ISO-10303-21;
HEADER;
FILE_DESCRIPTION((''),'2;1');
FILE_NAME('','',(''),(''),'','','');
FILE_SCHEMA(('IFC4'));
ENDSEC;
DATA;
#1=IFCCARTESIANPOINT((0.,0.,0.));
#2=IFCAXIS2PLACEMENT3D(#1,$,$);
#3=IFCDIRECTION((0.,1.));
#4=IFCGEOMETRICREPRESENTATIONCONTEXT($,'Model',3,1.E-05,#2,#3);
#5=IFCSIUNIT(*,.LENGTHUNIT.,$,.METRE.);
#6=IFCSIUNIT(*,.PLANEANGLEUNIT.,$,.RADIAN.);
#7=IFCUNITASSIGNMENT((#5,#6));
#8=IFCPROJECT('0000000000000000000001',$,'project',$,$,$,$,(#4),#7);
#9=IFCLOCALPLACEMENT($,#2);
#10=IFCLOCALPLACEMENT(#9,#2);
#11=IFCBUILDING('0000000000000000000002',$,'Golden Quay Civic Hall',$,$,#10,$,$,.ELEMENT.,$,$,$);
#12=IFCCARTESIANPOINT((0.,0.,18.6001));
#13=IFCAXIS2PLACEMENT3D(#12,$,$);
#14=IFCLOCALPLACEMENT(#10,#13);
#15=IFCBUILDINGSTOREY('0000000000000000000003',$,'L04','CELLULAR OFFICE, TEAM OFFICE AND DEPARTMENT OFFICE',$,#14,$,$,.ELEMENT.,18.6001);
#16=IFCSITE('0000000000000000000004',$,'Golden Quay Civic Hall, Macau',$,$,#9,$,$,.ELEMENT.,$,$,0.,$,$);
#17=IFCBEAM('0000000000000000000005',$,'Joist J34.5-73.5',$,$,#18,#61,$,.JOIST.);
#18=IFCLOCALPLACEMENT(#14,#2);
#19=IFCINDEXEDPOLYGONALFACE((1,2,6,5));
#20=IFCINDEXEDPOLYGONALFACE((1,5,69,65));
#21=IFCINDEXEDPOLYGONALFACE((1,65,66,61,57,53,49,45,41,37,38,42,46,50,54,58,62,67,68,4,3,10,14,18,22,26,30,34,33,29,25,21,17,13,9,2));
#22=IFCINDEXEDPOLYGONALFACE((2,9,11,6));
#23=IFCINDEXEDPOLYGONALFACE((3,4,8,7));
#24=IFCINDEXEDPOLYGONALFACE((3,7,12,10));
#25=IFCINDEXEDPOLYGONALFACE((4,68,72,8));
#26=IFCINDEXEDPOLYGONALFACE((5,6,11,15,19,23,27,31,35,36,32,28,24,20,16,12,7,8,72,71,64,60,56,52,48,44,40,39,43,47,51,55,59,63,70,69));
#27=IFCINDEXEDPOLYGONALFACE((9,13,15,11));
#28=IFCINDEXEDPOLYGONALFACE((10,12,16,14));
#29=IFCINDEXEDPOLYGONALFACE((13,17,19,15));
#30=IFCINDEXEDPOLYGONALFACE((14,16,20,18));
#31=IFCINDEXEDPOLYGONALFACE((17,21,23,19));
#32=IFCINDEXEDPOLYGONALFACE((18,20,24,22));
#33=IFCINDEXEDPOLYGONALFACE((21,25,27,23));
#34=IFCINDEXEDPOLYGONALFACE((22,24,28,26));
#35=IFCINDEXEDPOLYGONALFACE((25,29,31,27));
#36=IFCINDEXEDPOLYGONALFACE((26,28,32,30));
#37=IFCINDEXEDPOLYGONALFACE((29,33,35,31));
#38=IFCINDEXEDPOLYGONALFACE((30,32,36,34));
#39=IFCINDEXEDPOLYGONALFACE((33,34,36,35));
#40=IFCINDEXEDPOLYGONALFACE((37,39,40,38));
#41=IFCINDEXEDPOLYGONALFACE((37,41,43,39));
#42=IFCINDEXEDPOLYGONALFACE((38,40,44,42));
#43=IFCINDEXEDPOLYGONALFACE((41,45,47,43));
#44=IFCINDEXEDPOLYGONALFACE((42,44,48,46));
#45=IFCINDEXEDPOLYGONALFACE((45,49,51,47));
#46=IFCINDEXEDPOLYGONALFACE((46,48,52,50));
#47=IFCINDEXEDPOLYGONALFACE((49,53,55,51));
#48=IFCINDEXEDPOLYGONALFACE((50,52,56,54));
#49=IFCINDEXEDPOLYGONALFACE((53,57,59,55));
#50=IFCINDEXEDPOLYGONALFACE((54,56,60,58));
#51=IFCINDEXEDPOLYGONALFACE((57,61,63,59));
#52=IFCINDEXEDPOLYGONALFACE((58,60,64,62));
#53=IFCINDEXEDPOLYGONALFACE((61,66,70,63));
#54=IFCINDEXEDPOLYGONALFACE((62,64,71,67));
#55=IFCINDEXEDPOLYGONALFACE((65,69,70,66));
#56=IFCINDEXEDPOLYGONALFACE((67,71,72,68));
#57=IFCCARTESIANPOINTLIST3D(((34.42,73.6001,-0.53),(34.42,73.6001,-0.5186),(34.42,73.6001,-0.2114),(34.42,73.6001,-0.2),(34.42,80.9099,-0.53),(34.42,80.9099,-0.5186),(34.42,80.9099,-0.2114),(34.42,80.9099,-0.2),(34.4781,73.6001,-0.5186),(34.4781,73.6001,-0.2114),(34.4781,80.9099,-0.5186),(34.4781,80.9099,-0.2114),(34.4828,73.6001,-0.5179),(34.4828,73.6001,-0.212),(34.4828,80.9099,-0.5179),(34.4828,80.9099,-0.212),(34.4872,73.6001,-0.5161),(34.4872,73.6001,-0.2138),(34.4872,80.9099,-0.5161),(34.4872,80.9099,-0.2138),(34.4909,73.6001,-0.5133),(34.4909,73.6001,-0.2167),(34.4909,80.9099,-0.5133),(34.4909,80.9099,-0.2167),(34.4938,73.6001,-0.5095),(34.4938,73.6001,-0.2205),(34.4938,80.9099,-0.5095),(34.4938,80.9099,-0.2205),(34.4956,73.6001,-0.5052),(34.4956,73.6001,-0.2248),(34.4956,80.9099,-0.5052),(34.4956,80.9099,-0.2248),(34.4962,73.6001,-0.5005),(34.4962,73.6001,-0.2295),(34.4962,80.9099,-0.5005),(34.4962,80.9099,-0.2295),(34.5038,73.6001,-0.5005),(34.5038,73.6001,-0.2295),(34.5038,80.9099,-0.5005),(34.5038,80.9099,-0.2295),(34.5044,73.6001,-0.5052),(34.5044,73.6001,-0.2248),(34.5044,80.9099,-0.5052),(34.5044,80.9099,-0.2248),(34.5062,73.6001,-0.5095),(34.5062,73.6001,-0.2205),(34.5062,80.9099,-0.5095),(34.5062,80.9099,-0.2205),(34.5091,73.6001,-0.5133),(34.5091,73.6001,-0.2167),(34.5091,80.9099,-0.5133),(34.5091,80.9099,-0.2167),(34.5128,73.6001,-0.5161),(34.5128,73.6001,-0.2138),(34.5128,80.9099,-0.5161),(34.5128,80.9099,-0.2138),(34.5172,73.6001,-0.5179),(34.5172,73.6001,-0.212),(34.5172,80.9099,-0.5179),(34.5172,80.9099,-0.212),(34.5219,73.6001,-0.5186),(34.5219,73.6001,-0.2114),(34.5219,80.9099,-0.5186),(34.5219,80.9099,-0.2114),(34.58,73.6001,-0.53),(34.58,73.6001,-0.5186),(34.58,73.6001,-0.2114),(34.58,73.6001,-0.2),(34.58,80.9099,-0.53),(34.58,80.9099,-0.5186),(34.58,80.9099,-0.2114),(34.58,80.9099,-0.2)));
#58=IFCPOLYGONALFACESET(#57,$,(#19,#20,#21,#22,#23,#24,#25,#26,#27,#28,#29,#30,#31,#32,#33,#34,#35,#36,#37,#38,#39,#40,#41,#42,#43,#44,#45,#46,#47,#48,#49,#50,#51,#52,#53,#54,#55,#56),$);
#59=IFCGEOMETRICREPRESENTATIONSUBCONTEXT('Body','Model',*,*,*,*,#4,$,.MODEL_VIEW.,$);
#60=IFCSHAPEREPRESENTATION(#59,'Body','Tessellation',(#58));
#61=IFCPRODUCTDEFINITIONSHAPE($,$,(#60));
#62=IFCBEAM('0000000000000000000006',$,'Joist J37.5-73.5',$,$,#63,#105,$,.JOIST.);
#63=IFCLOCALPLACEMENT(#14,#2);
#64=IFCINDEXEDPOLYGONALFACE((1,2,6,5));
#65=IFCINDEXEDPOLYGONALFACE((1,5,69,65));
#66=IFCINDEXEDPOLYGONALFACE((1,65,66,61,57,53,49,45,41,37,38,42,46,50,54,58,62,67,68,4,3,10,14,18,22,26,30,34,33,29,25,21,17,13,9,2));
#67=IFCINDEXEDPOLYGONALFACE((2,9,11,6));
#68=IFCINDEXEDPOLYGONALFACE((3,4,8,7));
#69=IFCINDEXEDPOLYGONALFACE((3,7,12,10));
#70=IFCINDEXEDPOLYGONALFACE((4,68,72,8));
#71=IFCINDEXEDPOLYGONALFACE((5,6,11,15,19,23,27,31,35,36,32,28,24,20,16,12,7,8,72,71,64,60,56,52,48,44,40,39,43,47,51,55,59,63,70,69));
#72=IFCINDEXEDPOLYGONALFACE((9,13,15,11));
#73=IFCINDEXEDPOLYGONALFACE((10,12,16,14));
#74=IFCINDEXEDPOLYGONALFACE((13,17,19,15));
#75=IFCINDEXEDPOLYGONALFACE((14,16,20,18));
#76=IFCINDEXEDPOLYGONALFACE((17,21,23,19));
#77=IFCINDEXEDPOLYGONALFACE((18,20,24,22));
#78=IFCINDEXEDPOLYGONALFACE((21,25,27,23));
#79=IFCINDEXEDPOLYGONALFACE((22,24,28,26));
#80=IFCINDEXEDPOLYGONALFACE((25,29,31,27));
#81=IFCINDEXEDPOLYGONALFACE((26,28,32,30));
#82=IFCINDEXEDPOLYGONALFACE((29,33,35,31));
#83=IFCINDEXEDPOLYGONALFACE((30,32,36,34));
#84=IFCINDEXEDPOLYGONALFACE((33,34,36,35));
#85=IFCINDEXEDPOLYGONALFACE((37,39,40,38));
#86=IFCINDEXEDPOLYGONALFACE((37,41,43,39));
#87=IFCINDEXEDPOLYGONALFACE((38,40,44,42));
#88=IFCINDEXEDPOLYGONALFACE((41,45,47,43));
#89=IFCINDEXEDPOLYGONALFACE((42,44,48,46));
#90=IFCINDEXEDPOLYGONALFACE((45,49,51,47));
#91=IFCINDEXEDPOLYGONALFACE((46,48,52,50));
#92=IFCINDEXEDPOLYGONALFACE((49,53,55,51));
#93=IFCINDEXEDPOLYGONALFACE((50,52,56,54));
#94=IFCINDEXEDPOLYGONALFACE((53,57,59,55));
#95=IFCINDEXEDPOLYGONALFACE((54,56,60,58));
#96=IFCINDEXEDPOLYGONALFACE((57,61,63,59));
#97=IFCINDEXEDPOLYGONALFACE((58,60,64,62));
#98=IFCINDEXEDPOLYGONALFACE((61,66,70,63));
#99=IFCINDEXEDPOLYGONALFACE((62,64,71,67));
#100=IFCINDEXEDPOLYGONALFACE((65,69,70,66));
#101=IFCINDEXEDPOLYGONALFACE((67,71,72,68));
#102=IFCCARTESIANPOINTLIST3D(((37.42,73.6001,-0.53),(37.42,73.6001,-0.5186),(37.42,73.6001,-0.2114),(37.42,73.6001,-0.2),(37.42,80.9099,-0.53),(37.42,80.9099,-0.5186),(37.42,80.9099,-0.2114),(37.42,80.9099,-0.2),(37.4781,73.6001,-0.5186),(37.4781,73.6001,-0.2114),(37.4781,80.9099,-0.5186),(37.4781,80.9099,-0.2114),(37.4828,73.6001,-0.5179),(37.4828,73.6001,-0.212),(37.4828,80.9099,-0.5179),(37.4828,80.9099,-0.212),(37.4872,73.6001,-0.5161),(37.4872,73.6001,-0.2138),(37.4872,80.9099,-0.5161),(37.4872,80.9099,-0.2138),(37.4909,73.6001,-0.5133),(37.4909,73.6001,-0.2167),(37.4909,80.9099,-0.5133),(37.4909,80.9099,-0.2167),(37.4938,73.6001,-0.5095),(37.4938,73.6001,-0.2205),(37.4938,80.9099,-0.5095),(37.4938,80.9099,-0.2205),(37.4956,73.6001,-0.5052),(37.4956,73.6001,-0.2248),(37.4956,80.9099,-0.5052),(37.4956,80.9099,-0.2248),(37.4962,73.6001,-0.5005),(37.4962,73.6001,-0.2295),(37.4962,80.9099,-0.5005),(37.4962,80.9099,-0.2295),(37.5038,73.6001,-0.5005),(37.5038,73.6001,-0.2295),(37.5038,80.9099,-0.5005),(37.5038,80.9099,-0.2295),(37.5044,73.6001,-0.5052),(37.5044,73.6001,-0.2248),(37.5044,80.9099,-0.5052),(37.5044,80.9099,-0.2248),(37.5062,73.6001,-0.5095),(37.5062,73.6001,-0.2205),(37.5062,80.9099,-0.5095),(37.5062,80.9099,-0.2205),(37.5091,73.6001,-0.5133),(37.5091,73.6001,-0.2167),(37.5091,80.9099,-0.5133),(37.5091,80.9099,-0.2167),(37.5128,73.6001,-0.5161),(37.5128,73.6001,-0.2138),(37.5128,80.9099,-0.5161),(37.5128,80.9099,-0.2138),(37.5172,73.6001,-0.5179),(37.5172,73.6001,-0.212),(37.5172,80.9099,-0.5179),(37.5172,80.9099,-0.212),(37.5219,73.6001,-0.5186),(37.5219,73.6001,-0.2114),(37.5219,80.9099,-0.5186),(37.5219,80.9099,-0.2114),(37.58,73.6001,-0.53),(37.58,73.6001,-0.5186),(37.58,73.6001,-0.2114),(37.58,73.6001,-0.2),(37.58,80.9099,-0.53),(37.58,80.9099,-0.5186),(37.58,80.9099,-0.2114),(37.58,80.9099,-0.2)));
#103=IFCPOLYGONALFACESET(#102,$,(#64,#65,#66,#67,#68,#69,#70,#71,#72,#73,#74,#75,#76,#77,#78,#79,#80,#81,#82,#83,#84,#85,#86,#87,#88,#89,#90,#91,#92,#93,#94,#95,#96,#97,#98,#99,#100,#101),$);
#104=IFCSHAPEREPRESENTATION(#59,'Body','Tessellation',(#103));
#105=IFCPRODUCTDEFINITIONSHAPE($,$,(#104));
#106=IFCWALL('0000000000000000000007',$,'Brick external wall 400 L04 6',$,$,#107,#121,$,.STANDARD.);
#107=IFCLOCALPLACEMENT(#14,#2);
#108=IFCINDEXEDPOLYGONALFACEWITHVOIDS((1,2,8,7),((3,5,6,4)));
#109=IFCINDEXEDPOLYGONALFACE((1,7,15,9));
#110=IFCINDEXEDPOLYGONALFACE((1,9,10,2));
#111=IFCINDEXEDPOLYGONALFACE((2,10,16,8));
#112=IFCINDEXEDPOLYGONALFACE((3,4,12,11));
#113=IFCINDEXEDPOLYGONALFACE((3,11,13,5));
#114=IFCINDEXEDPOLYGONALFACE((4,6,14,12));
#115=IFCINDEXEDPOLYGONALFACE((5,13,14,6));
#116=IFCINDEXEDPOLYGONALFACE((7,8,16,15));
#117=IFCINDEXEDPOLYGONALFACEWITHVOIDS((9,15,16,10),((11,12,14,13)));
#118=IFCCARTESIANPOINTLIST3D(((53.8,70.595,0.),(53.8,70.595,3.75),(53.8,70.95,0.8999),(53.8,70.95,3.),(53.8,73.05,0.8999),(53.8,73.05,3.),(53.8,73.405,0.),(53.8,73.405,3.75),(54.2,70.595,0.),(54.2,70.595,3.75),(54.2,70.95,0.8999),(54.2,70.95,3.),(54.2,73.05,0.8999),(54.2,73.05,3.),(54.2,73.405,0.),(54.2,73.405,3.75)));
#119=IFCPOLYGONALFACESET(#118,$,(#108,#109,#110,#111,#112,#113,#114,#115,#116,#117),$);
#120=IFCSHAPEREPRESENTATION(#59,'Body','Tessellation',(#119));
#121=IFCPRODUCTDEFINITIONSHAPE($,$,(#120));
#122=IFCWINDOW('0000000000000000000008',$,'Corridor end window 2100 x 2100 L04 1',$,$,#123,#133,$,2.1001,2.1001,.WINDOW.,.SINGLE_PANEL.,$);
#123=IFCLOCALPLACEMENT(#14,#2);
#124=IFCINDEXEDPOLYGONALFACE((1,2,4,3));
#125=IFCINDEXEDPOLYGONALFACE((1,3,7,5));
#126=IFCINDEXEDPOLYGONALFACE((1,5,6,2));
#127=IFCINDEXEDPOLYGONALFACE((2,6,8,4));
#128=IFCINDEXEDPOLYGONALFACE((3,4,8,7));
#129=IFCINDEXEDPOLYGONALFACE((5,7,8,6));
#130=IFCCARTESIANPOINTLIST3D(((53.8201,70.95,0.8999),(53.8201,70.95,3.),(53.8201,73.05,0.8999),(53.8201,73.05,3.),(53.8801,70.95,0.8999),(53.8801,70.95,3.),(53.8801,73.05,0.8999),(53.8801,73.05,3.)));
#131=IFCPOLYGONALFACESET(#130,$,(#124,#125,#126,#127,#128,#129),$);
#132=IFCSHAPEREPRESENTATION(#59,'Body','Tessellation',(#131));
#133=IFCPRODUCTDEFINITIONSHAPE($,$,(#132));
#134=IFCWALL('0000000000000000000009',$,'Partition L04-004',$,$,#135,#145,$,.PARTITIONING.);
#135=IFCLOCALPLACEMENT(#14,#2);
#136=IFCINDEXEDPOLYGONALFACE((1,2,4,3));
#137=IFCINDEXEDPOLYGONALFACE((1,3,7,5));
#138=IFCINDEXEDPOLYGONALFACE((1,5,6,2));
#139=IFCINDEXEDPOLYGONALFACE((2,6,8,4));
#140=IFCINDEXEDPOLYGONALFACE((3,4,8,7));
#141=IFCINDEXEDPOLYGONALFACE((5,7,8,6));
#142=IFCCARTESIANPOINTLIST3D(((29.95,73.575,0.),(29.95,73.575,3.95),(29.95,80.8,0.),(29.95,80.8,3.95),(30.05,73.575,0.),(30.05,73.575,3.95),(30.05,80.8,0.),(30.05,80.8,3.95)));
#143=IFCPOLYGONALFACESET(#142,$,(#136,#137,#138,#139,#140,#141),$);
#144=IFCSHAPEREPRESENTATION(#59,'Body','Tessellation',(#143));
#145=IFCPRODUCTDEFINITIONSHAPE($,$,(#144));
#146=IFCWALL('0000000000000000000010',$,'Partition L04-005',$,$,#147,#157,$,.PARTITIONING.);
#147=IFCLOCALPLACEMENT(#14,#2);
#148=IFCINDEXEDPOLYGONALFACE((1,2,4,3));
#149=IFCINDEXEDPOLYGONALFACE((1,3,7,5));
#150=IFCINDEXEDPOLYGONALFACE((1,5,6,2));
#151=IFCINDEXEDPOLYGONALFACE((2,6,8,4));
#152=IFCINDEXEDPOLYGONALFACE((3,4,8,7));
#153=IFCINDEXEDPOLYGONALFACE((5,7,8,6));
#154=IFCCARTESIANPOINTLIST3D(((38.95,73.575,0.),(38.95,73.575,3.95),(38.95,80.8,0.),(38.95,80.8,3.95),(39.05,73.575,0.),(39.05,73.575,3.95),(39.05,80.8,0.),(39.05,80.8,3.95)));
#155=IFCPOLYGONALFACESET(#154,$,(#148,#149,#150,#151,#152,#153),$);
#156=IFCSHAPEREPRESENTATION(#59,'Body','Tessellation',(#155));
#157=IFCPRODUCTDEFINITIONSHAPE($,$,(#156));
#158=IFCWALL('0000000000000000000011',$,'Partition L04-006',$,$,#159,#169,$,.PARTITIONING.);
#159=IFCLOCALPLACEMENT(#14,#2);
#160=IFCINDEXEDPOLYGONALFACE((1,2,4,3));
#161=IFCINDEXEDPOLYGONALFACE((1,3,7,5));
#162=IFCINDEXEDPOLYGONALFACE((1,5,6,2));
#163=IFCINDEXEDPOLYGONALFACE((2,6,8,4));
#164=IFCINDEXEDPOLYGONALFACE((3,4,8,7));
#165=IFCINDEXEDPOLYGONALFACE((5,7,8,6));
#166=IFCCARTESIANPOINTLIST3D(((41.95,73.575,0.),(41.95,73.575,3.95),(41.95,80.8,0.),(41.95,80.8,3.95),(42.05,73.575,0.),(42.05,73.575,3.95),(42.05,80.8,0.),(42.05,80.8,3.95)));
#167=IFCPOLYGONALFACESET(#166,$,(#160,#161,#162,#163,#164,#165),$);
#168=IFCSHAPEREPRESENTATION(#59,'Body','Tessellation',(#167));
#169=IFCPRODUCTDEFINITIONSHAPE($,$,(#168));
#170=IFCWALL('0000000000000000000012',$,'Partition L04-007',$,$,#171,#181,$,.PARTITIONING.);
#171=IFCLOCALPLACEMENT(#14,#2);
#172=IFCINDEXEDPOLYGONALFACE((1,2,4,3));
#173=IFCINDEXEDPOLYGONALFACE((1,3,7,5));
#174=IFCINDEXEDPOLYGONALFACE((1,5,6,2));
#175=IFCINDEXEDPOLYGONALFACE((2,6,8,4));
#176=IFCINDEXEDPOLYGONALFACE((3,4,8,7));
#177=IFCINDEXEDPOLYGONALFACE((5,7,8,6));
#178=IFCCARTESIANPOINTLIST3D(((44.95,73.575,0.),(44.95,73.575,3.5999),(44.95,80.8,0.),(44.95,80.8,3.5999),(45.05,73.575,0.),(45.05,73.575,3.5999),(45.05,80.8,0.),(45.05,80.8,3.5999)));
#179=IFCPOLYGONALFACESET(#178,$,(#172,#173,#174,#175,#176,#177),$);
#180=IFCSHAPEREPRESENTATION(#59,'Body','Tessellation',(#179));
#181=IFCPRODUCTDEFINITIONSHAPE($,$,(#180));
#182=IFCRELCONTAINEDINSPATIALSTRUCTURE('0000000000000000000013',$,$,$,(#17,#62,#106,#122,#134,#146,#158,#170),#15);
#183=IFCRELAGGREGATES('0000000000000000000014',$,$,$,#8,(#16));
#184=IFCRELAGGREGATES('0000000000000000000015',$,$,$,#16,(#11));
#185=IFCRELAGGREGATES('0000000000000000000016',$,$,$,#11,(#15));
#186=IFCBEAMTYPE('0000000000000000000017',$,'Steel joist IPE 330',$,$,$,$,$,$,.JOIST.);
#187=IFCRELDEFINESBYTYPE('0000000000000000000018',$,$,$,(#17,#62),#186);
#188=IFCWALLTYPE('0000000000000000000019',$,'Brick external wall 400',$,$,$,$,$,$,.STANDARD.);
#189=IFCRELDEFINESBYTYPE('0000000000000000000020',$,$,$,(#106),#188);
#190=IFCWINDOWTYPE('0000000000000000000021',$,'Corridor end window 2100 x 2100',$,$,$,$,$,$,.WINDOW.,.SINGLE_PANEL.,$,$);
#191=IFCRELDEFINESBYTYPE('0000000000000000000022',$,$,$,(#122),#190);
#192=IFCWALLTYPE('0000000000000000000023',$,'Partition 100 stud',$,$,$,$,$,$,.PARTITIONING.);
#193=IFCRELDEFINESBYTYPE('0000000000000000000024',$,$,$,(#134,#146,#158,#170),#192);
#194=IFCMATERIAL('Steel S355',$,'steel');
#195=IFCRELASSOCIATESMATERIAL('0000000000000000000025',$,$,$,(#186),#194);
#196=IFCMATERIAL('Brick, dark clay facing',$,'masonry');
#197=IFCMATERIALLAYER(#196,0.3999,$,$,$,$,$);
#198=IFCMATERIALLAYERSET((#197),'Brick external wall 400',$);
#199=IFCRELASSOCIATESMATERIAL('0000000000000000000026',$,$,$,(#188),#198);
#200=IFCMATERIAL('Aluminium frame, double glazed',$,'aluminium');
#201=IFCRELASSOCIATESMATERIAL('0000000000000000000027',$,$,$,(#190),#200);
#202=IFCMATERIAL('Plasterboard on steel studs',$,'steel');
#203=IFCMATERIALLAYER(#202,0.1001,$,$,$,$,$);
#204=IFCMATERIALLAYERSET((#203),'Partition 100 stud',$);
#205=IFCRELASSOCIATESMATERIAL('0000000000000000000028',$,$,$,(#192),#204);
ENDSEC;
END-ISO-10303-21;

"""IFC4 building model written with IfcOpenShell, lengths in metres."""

from ifc_helpers import new_model, si_unit, direction, frame, frame_2d, origin, origin_2d, place, context, subcontext, project, spatial, rectangle, i_section, extrude, material, layer, layer_set, material_profile, profile_set, type_object, element, fill, save


model = new_model("IFC4")

# Units and contexts
model_context = context("Model", 3, precision=1e-05, world=origin(), true_north=direction((0.0, 1.0)))
body_context = subcontext(model_context, "Body", "Model", "MODEL_VIEW")
ifc_project = project(units=[si_unit("LENGTHUNIT", "METRE"), si_unit("PLANEANGLEUNIT", "RADIAN")], contexts=[model_context])

# Site, building, storey
site_placement = place(None, origin())
site = spatial("IfcSite", under=ifc_project, at=site_placement, Name="Golden Quay Civic Hall, Macau", CompositionType="ELEMENT", RefElevation=0.0)
building_placement = place(site_placement, origin())
building = spatial("IfcBuilding", under=site, at=building_placement, Name="Golden Quay Civic Hall", CompositionType="ELEMENT")
storey_placement = place(building_placement, frame((0.0, 0.0, 18.6001)))
storey = spatial("IfcBuildingStorey", under=building, at=storey_placement, Name="L04", Description="CELLULAR OFFICE, TEAM OFFICE AND DEPARTMENT OFFICE", CompositionType="ELEMENT", Elevation=18.6001)

# Beams
ifc_material_1 = material(Name="Steel S355", Category="steel")
ifc_material_profile_1 = material_profile(ifc_material_1, i_section(OverallWidth=0.1599, OverallDepth=0.3301, WebThickness=0.0076, FlangeThickness=0.0115, FilletRadius=0.0181, at=origin_2d()), Name="IPE 330")
ifc_profile_set_1 = profile_set([ifc_material_profile_1], Name="Steel S355")
beam_type_1 = type_object("IfcBeamType", Name="Steel joist IPE 330", PredefinedType="JOIST", material=ifc_profile_set_1)
for number, where, z_axis, x_axis, name in (
    (1, (34.5, 73.6001, -0.365), (0.0, 1.0, 0.0), (-1.0, 0.0, 0.0), "Joist J34.5-73.5"),
    (2, (37.5, 73.6001, -0.365), (0.0, 1.0, 0.0), (-1.0, 0.0, 0.0), "Joist J37.5-73.5"),
):
    element("IfcBeam", number, at=place(storey_placement, frame(where, z_axis=z_axis, x_axis=x_axis)), inside=storey, type_object=beam_type_1, Name=name, PredefinedType="JOIST", context=body_context, shape_type="SweptSolid", body=[
        extrude(i_section(OverallWidth=0.1599, OverallDepth=0.3301, WebThickness=0.0076, FlangeThickness=0.0115, FilletRadius=0.0181, at=origin_2d()), origin(), (0.0, 0.0, 1.0), 7.3098),
    ])

# Wall, opening, window
ifc_material_2 = material(Name="Brick, dark clay facing", Category="masonry")
ifc_layer_1 = layer(ifc_material_2, 0.3999)
ifc_layer_set_1 = layer_set([ifc_layer_1], Name="Brick external wall 400")
wall_type_1 = type_object("IfcWallType", Name="Brick external wall 400", PredefinedType="STANDARD", material=ifc_layer_set_1)
wall_1_placement = place(storey_placement, frame((54.0, 73.405, 0.0), z_axis=(0.0, 0.0, 1.0), x_axis=(0.0, -1.0, 0.0)))
wall_1 = element("IfcWall", 3, at=wall_1_placement, inside=storey, type_object=wall_type_1, Name="Brick external wall 400 L04 6", PredefinedType="STANDARD", context=body_context, shape_type="SweptSolid", body=[
    extrude(rectangle(XDim=2.8101, YDim=0.3999, at=frame_2d((1.405, 0.0))), origin(), (0.0, 0.0, 1.0), 3.75),
])
opening_placement = place(wall_1_placement, frame((0.355, 0.0, 0.8999)))
opening = element("IfcOpeningElement", 4, at=opening_placement, cuts=wall_1, PredefinedType="OPENING", context=body_context, shape_type="SweptSolid", body=[
    extrude(rectangle(XDim=2.1001, YDim=2.1001, at=frame_2d((1.05, 1.05))), frame((0.0, 0.21, 0.0), z_axis=(0.0, -1.0, 0.0), x_axis=(1.0, 0.0, 0.0)), (0.0, 0.0, 1.0), 0.4199),
])
ifc_material_3 = material(Name="Aluminium frame, double glazed", Category="aluminium")
window_type = type_object("IfcWindowType", Name="Corridor end window 2100 x 2100", PartitioningType="SINGLE_PANEL", PredefinedType="WINDOW", material=ifc_material_3)
window_placement = place(opening_placement, origin())
window = element("IfcWindow", 5, at=window_placement, inside=storey, type_object=window_type, Name="Corridor end window 2100 x 2100 L04 1", OverallHeight=2.1001, OverallWidth=2.1001, PartitioningType="SINGLE_PANEL", PredefinedType="WINDOW", context=body_context, shape_type="SweptSolid", body=[
    extrude(rectangle(XDim=2.1001, YDim=2.1001, at=frame_2d((1.05, 1.05))), frame((0.0, -0.1199, 0.0), z_axis=(0.0, -1.0, 0.0), x_axis=(1.0, 0.0, 0.0)), (0.0, 0.0, 1.0), 0.0601),
])
fill(opening, window)

# Walls
ifc_material_4 = material(Name="Plasterboard on steel studs", Category="steel")
ifc_layer_2 = layer(ifc_material_4, 0.1001)
ifc_layer_set_2 = layer_set([ifc_layer_2], Name="Partition 100 stud")
wall_type_2 = type_object("IfcWallType", Name="Partition 100 stud", PredefinedType="PARTITIONING", material=ifc_layer_set_2)
for number, where, z_axis, x_axis, name in (
    (6, (30.0, 73.575, 0.0), (0.0, 0.0, 1.0), (0.0, 1.0, 0.0), "Partition L04-004"),
    (7, (39.0, 73.575, 0.0), (0.0, 0.0, 1.0), (0.0, 1.0, 0.0), "Partition L04-005"),
    (8, (42.0, 73.575, 0.0), (0.0, 0.0, 1.0), (0.0, 1.0, 0.0), "Partition L04-006"),
):
    element("IfcWall", number, at=place(storey_placement, frame(where, z_axis=z_axis, x_axis=x_axis)), inside=storey, type_object=wall_type_2, Name=name, PredefinedType="PARTITIONING", context=body_context, shape_type="SweptSolid", body=[
        extrude(rectangle(XDim=7.2251, YDim=0.1001, at=frame_2d((3.6125, 0.0))), origin(), (0.0, 0.0, 1.0), 3.95),
    ])
wall_2_placement = place(storey_placement, frame((45.0, 73.575, 0.0), z_axis=(0.0, 0.0, 1.0), x_axis=(0.0, 1.0, 0.0)))
element("IfcWall", 9, at=wall_2_placement, inside=storey, type_object=wall_type_2, Name="Partition L04-007", PredefinedType="PARTITIONING", context=body_context, shape_type="SweptSolid", body=[
    extrude(rectangle(XDim=7.2251, YDim=0.1001, at=frame_2d((3.6125, 0.0))), origin(), (0.0, 0.0, 1.0), 3.5999),
])

save(model, "model.ifc")
